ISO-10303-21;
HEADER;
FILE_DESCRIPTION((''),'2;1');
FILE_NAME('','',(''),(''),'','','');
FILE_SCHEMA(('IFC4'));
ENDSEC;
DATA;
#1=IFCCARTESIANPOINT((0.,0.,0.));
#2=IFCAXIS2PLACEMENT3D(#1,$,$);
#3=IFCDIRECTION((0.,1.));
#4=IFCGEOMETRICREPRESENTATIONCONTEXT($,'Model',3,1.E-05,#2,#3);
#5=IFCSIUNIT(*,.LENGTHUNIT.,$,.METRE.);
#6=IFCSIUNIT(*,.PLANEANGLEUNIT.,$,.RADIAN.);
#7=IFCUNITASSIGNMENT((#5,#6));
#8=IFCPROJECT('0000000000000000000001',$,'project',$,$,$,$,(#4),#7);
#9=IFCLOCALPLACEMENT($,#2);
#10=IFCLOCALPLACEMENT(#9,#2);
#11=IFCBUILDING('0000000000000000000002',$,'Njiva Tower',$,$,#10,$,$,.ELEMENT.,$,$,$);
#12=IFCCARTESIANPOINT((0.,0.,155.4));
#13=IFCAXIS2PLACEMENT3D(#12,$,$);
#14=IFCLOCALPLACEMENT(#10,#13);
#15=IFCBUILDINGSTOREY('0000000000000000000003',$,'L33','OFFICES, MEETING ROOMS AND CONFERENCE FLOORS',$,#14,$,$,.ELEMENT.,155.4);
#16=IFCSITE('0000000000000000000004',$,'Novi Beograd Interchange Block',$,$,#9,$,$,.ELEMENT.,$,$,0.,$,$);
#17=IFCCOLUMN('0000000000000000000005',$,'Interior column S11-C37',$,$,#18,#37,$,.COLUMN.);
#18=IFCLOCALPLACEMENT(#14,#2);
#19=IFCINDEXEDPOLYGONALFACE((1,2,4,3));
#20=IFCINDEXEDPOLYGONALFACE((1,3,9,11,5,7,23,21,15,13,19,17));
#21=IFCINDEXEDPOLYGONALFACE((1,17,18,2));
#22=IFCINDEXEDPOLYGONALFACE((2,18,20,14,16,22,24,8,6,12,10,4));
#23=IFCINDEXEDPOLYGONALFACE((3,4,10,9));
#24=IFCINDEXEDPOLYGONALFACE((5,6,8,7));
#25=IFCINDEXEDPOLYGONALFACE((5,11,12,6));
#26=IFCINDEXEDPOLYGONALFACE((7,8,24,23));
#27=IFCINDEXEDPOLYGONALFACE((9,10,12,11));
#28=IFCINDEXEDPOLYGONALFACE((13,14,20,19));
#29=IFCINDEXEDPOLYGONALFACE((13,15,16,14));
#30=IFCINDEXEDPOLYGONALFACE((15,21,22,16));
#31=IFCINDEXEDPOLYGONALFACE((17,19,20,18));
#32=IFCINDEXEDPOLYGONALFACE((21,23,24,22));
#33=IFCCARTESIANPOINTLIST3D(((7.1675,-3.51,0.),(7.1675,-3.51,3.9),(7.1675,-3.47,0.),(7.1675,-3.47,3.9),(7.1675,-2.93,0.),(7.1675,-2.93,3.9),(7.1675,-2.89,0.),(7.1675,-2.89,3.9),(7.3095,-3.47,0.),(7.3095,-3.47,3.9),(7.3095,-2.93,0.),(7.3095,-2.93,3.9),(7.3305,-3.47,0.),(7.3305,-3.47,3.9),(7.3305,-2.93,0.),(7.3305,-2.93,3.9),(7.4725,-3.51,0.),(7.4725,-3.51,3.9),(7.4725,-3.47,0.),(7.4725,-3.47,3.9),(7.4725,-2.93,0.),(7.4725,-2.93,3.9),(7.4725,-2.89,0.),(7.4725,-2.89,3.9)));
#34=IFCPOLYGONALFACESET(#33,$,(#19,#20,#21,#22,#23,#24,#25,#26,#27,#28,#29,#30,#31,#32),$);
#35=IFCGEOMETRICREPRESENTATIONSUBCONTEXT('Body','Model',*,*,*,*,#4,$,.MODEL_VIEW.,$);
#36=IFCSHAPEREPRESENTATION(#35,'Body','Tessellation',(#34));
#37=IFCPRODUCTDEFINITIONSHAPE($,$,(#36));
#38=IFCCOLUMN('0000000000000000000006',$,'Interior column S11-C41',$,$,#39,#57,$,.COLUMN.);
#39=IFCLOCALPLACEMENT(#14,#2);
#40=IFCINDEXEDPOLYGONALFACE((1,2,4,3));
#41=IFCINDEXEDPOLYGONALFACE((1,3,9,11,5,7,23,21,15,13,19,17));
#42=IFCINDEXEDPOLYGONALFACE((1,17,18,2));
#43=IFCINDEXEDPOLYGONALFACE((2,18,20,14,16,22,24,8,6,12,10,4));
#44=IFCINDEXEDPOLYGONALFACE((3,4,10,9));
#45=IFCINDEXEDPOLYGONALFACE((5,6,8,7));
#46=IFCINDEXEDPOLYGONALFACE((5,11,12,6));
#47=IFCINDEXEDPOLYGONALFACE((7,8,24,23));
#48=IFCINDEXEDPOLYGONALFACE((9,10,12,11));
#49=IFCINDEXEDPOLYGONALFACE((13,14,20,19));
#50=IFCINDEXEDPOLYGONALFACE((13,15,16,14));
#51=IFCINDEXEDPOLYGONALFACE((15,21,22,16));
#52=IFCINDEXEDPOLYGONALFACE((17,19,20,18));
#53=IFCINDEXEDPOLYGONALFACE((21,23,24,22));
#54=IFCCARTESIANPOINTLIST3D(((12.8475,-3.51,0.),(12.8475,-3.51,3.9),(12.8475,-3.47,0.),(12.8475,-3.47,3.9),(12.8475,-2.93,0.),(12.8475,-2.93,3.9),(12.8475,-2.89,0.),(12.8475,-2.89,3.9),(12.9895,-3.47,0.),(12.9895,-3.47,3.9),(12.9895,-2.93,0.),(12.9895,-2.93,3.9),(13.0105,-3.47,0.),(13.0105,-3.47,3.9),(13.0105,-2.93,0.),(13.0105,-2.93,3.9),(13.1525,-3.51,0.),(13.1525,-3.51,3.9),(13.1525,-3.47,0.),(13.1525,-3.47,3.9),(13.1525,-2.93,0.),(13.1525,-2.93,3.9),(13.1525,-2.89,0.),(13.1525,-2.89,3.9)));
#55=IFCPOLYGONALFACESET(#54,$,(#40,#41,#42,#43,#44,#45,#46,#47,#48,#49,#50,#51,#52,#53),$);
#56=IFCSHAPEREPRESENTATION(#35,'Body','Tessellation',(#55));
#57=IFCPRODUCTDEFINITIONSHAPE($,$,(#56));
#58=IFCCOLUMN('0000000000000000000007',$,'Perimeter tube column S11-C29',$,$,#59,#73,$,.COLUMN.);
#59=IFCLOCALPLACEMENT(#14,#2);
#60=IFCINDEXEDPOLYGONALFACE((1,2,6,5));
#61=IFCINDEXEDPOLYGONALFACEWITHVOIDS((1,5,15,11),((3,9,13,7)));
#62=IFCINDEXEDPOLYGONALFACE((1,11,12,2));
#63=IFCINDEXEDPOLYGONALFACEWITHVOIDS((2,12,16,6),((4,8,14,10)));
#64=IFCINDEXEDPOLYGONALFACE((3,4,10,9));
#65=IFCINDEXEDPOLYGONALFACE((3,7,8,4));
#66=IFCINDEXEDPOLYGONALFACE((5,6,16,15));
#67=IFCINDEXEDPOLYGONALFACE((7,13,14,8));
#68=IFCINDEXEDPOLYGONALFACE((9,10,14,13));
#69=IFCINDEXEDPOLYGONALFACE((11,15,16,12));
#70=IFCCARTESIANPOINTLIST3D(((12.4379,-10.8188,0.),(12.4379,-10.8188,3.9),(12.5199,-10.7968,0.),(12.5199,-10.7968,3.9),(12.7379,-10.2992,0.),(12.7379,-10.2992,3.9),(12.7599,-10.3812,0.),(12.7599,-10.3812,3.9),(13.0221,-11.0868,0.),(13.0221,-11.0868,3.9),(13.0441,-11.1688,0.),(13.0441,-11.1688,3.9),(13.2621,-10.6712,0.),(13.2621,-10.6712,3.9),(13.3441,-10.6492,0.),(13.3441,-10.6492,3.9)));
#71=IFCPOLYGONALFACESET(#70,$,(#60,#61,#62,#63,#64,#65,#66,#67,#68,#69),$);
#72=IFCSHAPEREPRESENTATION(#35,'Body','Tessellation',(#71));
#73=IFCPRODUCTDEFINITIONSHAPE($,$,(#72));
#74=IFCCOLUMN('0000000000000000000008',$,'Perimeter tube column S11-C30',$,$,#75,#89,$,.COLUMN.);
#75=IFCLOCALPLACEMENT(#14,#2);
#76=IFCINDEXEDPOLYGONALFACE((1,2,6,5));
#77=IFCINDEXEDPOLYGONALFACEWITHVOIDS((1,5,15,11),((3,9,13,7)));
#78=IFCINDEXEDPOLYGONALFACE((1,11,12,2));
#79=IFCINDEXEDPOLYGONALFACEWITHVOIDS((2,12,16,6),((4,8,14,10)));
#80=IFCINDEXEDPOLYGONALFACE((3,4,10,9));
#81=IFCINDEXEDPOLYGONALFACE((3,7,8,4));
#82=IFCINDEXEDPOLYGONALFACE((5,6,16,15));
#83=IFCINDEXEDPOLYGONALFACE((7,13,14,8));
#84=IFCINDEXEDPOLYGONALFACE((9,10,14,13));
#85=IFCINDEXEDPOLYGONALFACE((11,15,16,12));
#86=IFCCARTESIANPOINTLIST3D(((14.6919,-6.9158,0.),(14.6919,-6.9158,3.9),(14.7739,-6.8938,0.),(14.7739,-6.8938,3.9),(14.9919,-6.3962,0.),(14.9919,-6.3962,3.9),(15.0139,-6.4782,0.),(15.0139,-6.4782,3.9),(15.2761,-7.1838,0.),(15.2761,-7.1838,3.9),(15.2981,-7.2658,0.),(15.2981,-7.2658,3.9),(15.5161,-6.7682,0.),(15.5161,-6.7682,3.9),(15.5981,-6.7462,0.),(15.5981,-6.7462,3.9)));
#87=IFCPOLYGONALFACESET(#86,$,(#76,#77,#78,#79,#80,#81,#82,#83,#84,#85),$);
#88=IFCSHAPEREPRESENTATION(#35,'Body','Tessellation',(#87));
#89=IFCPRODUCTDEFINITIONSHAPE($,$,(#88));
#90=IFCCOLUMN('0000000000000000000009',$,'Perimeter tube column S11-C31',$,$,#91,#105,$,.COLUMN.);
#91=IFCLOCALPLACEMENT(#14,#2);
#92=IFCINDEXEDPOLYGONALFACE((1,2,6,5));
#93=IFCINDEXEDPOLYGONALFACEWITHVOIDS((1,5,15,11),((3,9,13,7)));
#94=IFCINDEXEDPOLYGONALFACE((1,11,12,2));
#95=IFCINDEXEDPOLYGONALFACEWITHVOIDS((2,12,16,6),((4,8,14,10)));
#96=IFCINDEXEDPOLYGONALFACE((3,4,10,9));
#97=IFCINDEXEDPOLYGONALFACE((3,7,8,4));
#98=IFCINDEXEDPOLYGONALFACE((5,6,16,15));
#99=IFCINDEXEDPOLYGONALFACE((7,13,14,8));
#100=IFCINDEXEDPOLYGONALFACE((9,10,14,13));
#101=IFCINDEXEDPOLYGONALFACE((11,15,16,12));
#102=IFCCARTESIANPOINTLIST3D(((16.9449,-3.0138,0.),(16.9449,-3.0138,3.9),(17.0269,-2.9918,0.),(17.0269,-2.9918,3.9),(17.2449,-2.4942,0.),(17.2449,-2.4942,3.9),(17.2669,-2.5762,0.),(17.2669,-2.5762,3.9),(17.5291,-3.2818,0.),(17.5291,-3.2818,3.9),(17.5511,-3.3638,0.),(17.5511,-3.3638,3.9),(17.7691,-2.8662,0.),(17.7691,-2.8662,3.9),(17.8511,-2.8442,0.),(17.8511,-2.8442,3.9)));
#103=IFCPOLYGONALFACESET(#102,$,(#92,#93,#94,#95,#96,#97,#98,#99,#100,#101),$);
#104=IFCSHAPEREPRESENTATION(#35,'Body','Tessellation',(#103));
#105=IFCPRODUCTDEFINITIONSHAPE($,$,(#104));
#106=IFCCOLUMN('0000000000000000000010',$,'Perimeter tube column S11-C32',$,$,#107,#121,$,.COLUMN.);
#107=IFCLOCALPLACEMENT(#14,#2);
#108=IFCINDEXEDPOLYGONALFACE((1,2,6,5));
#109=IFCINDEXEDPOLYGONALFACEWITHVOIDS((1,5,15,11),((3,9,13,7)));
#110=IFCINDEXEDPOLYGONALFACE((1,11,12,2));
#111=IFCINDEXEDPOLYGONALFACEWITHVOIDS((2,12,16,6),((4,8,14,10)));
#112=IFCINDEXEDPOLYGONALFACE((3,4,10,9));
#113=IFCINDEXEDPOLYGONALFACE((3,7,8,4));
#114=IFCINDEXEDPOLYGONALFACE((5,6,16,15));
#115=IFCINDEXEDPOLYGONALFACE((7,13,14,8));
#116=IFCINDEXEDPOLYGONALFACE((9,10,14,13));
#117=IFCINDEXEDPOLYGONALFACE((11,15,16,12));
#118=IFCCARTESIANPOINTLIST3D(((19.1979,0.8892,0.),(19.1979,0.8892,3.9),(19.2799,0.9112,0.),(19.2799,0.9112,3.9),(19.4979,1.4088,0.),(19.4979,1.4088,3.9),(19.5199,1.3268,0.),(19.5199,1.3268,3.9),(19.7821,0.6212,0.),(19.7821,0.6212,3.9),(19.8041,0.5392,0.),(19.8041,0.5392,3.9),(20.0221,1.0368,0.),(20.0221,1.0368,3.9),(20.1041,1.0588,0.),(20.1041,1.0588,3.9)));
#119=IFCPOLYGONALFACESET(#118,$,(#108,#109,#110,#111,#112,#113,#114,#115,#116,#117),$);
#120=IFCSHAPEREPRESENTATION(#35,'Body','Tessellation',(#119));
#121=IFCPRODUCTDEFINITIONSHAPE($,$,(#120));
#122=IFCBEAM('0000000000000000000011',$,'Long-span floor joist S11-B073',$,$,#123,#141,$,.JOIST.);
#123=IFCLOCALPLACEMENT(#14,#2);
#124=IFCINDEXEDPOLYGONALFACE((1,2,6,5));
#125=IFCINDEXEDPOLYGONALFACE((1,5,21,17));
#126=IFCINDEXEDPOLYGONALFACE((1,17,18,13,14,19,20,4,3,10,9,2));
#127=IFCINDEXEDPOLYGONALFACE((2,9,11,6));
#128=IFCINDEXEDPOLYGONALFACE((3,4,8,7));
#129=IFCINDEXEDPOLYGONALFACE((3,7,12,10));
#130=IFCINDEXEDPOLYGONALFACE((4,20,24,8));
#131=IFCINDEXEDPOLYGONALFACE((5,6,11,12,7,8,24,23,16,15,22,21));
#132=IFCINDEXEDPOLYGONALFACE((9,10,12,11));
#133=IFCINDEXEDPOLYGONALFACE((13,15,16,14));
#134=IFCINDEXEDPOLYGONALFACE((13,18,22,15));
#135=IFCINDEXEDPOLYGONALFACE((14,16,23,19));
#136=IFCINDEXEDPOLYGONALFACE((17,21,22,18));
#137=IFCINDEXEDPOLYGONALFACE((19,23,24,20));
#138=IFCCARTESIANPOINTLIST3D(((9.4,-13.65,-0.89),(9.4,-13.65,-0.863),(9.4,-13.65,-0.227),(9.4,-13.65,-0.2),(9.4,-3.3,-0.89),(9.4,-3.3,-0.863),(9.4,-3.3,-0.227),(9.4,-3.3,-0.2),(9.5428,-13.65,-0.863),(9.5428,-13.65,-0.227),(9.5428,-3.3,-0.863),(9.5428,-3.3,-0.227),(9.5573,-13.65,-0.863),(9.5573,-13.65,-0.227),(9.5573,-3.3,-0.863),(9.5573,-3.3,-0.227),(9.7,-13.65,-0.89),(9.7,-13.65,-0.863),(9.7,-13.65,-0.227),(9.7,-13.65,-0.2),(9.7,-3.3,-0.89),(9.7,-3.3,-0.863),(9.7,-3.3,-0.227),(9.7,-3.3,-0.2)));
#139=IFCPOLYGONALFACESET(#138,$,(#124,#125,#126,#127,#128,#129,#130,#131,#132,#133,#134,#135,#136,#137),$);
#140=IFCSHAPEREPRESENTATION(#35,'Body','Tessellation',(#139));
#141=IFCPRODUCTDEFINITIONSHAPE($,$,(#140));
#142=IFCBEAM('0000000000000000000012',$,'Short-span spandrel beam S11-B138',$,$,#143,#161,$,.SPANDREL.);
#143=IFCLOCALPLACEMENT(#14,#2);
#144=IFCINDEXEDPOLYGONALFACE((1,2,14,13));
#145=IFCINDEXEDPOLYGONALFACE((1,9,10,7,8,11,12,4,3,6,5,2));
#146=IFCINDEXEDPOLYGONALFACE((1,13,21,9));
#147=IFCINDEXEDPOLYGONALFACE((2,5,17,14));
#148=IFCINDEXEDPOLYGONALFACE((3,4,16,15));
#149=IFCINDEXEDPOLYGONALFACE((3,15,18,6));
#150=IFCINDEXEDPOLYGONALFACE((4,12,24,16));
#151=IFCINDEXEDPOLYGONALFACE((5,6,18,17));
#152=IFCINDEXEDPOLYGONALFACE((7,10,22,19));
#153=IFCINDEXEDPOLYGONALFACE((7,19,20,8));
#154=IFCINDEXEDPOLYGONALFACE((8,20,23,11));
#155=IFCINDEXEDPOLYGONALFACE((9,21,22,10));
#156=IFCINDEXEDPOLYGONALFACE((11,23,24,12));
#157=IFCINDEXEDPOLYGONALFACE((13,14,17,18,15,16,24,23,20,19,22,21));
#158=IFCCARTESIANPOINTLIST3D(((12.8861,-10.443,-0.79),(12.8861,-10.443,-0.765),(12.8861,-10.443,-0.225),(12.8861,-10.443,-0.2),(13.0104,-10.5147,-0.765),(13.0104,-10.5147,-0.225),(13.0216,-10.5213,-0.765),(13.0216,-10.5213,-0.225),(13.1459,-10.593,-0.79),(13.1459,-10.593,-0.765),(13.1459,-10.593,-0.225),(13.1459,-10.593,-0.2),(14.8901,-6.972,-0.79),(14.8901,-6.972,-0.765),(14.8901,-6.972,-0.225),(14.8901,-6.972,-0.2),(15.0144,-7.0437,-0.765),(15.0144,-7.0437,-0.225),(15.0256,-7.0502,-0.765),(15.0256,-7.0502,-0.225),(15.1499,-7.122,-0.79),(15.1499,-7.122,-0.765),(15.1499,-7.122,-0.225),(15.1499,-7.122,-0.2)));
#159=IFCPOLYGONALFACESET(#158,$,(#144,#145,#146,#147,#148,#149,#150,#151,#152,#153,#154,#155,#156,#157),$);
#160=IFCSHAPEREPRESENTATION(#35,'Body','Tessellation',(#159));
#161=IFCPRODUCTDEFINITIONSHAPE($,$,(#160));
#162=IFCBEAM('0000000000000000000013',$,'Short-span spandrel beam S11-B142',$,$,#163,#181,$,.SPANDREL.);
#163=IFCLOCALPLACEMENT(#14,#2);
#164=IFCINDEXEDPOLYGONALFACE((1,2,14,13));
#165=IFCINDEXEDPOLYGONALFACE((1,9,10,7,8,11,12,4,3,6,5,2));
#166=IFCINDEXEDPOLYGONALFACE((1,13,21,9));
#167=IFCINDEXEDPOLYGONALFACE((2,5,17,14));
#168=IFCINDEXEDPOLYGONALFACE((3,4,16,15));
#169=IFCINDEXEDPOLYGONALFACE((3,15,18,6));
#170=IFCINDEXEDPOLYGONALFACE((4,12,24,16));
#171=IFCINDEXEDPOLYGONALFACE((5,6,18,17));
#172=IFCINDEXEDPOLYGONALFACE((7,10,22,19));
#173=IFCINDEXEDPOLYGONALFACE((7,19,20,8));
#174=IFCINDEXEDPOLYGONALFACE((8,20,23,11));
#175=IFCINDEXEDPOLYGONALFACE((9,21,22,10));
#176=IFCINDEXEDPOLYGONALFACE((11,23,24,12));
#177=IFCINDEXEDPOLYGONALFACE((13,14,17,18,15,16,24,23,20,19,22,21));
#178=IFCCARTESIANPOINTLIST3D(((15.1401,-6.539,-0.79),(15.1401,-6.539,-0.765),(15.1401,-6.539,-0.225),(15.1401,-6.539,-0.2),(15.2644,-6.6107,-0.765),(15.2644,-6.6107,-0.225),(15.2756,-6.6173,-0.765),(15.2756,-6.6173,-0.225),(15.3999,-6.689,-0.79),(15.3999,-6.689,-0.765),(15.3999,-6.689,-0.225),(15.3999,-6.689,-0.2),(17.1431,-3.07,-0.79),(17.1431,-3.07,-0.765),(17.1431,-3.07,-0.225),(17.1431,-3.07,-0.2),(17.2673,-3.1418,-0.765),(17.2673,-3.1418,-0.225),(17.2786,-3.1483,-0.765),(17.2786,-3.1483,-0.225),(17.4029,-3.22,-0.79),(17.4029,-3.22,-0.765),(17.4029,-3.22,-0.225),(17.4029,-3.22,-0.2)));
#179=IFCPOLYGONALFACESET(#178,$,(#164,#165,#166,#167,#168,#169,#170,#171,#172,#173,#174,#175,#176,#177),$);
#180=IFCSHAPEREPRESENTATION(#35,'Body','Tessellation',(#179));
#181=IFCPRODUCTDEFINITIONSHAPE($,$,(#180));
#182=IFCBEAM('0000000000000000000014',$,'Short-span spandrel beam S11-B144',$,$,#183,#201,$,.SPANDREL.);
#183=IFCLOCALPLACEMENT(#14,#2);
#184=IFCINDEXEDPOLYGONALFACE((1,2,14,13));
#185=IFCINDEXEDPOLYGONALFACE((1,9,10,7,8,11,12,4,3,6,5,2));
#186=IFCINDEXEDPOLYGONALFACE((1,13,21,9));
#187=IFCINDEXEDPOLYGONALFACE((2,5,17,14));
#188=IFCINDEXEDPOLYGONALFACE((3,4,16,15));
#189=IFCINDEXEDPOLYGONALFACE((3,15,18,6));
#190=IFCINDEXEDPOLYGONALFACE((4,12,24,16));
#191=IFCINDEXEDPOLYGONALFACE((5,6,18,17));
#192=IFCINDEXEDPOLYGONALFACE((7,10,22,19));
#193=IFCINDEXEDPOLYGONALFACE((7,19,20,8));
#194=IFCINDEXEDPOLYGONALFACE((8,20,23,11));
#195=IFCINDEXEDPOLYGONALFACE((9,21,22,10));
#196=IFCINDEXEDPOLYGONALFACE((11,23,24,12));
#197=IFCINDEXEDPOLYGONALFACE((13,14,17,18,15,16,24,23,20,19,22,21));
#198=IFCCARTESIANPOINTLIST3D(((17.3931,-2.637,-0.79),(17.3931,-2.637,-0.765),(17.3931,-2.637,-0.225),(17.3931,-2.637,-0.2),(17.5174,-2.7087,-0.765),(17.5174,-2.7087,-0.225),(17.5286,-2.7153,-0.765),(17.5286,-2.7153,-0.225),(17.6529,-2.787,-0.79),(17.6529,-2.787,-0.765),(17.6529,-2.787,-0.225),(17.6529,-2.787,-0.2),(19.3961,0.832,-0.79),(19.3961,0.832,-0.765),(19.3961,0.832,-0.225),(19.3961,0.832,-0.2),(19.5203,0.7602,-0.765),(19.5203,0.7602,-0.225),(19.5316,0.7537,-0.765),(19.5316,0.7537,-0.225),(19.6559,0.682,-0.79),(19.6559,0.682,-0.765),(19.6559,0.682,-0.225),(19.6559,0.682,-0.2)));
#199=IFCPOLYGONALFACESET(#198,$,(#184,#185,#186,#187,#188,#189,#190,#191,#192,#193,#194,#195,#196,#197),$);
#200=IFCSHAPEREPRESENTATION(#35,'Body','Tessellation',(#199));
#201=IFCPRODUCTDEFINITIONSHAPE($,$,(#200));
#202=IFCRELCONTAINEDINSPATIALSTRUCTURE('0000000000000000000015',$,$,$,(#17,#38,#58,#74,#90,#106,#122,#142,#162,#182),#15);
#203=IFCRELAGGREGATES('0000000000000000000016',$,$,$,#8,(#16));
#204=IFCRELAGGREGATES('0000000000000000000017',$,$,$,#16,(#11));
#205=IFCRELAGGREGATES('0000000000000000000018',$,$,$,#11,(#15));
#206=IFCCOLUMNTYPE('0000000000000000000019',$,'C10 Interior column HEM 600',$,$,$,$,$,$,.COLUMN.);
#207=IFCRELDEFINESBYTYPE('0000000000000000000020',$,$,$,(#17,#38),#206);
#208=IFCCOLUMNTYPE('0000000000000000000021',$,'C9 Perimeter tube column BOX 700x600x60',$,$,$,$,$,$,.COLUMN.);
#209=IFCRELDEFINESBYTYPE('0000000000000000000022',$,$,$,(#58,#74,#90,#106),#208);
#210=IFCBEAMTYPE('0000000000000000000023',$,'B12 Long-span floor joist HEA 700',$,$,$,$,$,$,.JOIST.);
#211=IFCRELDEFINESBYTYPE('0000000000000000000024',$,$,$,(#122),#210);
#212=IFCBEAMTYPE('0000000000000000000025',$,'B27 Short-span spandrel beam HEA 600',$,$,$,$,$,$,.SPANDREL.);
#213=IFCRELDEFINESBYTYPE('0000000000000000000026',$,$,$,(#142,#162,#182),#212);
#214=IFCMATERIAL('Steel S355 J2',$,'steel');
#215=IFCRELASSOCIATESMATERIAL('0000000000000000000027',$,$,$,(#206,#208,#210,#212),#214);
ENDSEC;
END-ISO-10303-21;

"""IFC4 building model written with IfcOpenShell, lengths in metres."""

from ifc_helpers import new_model, si_unit, direction, frame, origin, origin_2d, place, context, subcontext, project, spatial, hollow_rectangle, i_section, extrude, material, material_profile, profile_set, type_object, element, save


model = new_model("IFC4")

# Units and contexts
model_context = context("Model", 3, precision=1e-05, world=origin(), true_north=direction((0.0, 1.0)))
body_context = subcontext(model_context, "Body", "Model", "MODEL_VIEW")
ifc_project = project(units=[si_unit("LENGTHUNIT", "METRE"), si_unit("PLANEANGLEUNIT", "RADIAN")], contexts=[model_context])

# Site, building, storey
site_placement = place(None, origin())
site = spatial("IfcSite", under=ifc_project, at=site_placement, Name="Novi Beograd Interchange Block", CompositionType="ELEMENT", RefElevation=0.0)
building_placement = place(site_placement, origin())
building = spatial("IfcBuilding", under=site, at=building_placement, Name="Njiva Tower", CompositionType="ELEMENT")
storey_placement = place(building_placement, frame((0.0, 0.0, 155.4)))
storey = spatial("IfcBuildingStorey", under=building, at=storey_placement, Name="L33", Description="OFFICES, MEETING ROOMS AND CONFERENCE FLOORS", CompositionType="ELEMENT", Elevation=155.4)

# Columns
ifc_material_1 = material(Name="Steel S355 J2", Category="steel")
ifc_material_profile_1 = material_profile(ifc_material_1, i_section(OverallWidth=0.305, OverallDepth=0.62, WebThickness=0.021, FlangeThickness=0.04, at=origin_2d()), Name="HEM 600")
ifc_profile_set_1 = profile_set([ifc_material_profile_1], Name="Steel S355 J2")
column_type_1 = type_object("IfcColumnType", Name="C10 Interior column HEM 600", PredefinedType="COLUMN", material=ifc_profile_set_1)
for number, where, z_axis, x_axis, name in (
    (1, (7.32, -3.2, 0.0), (0.0, 0.0, 1.0), (1.0, 0.0, 0.0), "Interior column S11-C37"),
    (2, (13.0, -3.2, 0.0), (0.0, 0.0, 1.0), (1.0, 0.0, 0.0), "Interior column S11-C41"),
):
    element("IfcColumn", number, at=place(storey_placement, frame(where, z_axis=z_axis, x_axis=x_axis)), inside=storey, type_object=column_type_1, Name=name, PredefinedType="COLUMN", context=body_context, shape_type="SweptSolid", body=[
        extrude(i_section(OverallWidth=0.305, OverallDepth=0.62, WebThickness=0.021, FlangeThickness=0.04, at=origin_2d()), origin(), (0.0, 0.0, 1.0), 3.9),
    ])
ifc_material_profile_2 = material_profile(ifc_material_1, hollow_rectangle(XDim=0.6, YDim=0.7, WallThickness=0.06, at=origin_2d()), Name="BOX 700x600x60")
ifc_profile_set_2 = profile_set([ifc_material_profile_2], Name="Steel S355 J2")
column_type_2 = type_object("IfcColumnType", Name="C9 Perimeter tube column BOX 700x600x60", PredefinedType="COLUMN", material=ifc_profile_set_2)
for number, where, z_axis, x_axis, name in (
    (3, (12.891, -10.734, 0.0), (0.0, 0.0, 1.0), (0.5, 0.866025, 0.0), "Perimeter tube column S11-C29"),
    (4, (15.145, -6.831, 0.0), (0.0, 0.0, 1.0), (0.5, 0.866025, 0.0), "Perimeter tube column S11-C30"),
    (5, (17.398, -2.929, 0.0), (0.0, 0.0, 1.0), (0.5, 0.866025, 0.0), "Perimeter tube column S11-C31"),
    (6, (19.651, 0.974, 0.0), (0.0, 0.0, 1.0), (0.5, 0.866025, 0.0), "Perimeter tube column S11-C32"),
):
    element("IfcColumn", number, at=place(storey_placement, frame(where, z_axis=z_axis, x_axis=x_axis)), inside=storey, type_object=column_type_2, Name=name, PredefinedType="COLUMN", context=body_context, shape_type="SweptSolid", body=[
        extrude(hollow_rectangle(XDim=0.6, YDim=0.7, WallThickness=0.06, at=origin_2d()), origin(), (0.0, 0.0, 1.0), 3.9),
    ])

# Beams
ifc_material_profile_3 = material_profile(ifc_material_1, i_section(OverallWidth=0.3, OverallDepth=0.69, WebThickness=0.0145, FlangeThickness=0.027, at=origin_2d()), Name="HEA 700")
ifc_profile_set_3 = profile_set([ifc_material_profile_3], Name="Steel S355 J2")
beam_type_1 = type_object("IfcBeamType", Name="B12 Long-span floor joist HEA 700", PredefinedType="JOIST", material=ifc_profile_set_3)
beam_1_placement = place(storey_placement, frame((9.55, -3.3, -0.545), z_axis=(0.0, -1.0, 0.0), x_axis=(1.0, 0.0, 0.0)))
element("IfcBeam", 7, at=beam_1_placement, inside=storey, type_object=beam_type_1, Name="Long-span floor joist S11-B073", PredefinedType="JOIST", context=body_context, shape_type="SweptSolid", body=[
    extrude(i_section(OverallWidth=0.3, OverallDepth=0.69, WebThickness=0.0145, FlangeThickness=0.027, at=origin_2d()), origin(), (0.0, 0.0, 1.0), 10.35),
])
ifc_material_profile_4 = material_profile(ifc_material_1, i_section(OverallWidth=0.3, OverallDepth=0.59, WebThickness=0.013, FlangeThickness=0.025, at=origin_2d()), Name="HEA 600")
ifc_profile_set_4 = profile_set([ifc_material_profile_4], Name="Steel S355 J2")
beam_type_2 = type_object("IfcBeamType", Name="B27 Short-span spandrel beam HEA 600", PredefinedType="SPANDREL", material=ifc_profile_set_4)
beam_2_placement = place(storey_placement, frame((13.016, -10.518, -0.495), z_axis=(0.500003, 0.866024, 0.0), x_axis=(-0.866024, 0.500003, 0.0)))
element("IfcBeam", 8, at=beam_2_placement, inside=storey, type_object=beam_type_2, Name="Short-span spandrel beam S11-B138", PredefinedType="SPANDREL", context=body_context, shape_type="SweptSolid", body=[
    extrude(i_section(OverallWidth=0.3, OverallDepth=0.59, WebThickness=0.013, FlangeThickness=0.025, at=origin_2d()), origin(), (0.0, 0.0, 1.0), 4.008),
])
for number, where, z_axis, x_axis, name in (
    (9, (15.27, -6.614, -0.495), (0.500032, 0.866007, 0.0), (-0.866007, 0.500032, 0.0), "Short-span spandrel beam S11-B142"),
    (10, (17.523, -2.712, -0.495), (0.500032, 0.866007, 0.0), (-0.866007, 0.500032, 0.0), "Short-span spandrel beam S11-B144"),
):
    element("IfcBeam", number, at=place(storey_placement, frame(where, z_axis=z_axis, x_axis=x_axis)), inside=storey, type_object=beam_type_2, Name=name, PredefinedType="SPANDREL", context=body_context, shape_type="SweptSolid", body=[
        extrude(i_section(OverallWidth=0.3, OverallDepth=0.59, WebThickness=0.013, FlangeThickness=0.025, at=origin_2d()), origin(), (0.0, 0.0, 1.0), 4.0057),
    ])

save(model, "model.ifc")
